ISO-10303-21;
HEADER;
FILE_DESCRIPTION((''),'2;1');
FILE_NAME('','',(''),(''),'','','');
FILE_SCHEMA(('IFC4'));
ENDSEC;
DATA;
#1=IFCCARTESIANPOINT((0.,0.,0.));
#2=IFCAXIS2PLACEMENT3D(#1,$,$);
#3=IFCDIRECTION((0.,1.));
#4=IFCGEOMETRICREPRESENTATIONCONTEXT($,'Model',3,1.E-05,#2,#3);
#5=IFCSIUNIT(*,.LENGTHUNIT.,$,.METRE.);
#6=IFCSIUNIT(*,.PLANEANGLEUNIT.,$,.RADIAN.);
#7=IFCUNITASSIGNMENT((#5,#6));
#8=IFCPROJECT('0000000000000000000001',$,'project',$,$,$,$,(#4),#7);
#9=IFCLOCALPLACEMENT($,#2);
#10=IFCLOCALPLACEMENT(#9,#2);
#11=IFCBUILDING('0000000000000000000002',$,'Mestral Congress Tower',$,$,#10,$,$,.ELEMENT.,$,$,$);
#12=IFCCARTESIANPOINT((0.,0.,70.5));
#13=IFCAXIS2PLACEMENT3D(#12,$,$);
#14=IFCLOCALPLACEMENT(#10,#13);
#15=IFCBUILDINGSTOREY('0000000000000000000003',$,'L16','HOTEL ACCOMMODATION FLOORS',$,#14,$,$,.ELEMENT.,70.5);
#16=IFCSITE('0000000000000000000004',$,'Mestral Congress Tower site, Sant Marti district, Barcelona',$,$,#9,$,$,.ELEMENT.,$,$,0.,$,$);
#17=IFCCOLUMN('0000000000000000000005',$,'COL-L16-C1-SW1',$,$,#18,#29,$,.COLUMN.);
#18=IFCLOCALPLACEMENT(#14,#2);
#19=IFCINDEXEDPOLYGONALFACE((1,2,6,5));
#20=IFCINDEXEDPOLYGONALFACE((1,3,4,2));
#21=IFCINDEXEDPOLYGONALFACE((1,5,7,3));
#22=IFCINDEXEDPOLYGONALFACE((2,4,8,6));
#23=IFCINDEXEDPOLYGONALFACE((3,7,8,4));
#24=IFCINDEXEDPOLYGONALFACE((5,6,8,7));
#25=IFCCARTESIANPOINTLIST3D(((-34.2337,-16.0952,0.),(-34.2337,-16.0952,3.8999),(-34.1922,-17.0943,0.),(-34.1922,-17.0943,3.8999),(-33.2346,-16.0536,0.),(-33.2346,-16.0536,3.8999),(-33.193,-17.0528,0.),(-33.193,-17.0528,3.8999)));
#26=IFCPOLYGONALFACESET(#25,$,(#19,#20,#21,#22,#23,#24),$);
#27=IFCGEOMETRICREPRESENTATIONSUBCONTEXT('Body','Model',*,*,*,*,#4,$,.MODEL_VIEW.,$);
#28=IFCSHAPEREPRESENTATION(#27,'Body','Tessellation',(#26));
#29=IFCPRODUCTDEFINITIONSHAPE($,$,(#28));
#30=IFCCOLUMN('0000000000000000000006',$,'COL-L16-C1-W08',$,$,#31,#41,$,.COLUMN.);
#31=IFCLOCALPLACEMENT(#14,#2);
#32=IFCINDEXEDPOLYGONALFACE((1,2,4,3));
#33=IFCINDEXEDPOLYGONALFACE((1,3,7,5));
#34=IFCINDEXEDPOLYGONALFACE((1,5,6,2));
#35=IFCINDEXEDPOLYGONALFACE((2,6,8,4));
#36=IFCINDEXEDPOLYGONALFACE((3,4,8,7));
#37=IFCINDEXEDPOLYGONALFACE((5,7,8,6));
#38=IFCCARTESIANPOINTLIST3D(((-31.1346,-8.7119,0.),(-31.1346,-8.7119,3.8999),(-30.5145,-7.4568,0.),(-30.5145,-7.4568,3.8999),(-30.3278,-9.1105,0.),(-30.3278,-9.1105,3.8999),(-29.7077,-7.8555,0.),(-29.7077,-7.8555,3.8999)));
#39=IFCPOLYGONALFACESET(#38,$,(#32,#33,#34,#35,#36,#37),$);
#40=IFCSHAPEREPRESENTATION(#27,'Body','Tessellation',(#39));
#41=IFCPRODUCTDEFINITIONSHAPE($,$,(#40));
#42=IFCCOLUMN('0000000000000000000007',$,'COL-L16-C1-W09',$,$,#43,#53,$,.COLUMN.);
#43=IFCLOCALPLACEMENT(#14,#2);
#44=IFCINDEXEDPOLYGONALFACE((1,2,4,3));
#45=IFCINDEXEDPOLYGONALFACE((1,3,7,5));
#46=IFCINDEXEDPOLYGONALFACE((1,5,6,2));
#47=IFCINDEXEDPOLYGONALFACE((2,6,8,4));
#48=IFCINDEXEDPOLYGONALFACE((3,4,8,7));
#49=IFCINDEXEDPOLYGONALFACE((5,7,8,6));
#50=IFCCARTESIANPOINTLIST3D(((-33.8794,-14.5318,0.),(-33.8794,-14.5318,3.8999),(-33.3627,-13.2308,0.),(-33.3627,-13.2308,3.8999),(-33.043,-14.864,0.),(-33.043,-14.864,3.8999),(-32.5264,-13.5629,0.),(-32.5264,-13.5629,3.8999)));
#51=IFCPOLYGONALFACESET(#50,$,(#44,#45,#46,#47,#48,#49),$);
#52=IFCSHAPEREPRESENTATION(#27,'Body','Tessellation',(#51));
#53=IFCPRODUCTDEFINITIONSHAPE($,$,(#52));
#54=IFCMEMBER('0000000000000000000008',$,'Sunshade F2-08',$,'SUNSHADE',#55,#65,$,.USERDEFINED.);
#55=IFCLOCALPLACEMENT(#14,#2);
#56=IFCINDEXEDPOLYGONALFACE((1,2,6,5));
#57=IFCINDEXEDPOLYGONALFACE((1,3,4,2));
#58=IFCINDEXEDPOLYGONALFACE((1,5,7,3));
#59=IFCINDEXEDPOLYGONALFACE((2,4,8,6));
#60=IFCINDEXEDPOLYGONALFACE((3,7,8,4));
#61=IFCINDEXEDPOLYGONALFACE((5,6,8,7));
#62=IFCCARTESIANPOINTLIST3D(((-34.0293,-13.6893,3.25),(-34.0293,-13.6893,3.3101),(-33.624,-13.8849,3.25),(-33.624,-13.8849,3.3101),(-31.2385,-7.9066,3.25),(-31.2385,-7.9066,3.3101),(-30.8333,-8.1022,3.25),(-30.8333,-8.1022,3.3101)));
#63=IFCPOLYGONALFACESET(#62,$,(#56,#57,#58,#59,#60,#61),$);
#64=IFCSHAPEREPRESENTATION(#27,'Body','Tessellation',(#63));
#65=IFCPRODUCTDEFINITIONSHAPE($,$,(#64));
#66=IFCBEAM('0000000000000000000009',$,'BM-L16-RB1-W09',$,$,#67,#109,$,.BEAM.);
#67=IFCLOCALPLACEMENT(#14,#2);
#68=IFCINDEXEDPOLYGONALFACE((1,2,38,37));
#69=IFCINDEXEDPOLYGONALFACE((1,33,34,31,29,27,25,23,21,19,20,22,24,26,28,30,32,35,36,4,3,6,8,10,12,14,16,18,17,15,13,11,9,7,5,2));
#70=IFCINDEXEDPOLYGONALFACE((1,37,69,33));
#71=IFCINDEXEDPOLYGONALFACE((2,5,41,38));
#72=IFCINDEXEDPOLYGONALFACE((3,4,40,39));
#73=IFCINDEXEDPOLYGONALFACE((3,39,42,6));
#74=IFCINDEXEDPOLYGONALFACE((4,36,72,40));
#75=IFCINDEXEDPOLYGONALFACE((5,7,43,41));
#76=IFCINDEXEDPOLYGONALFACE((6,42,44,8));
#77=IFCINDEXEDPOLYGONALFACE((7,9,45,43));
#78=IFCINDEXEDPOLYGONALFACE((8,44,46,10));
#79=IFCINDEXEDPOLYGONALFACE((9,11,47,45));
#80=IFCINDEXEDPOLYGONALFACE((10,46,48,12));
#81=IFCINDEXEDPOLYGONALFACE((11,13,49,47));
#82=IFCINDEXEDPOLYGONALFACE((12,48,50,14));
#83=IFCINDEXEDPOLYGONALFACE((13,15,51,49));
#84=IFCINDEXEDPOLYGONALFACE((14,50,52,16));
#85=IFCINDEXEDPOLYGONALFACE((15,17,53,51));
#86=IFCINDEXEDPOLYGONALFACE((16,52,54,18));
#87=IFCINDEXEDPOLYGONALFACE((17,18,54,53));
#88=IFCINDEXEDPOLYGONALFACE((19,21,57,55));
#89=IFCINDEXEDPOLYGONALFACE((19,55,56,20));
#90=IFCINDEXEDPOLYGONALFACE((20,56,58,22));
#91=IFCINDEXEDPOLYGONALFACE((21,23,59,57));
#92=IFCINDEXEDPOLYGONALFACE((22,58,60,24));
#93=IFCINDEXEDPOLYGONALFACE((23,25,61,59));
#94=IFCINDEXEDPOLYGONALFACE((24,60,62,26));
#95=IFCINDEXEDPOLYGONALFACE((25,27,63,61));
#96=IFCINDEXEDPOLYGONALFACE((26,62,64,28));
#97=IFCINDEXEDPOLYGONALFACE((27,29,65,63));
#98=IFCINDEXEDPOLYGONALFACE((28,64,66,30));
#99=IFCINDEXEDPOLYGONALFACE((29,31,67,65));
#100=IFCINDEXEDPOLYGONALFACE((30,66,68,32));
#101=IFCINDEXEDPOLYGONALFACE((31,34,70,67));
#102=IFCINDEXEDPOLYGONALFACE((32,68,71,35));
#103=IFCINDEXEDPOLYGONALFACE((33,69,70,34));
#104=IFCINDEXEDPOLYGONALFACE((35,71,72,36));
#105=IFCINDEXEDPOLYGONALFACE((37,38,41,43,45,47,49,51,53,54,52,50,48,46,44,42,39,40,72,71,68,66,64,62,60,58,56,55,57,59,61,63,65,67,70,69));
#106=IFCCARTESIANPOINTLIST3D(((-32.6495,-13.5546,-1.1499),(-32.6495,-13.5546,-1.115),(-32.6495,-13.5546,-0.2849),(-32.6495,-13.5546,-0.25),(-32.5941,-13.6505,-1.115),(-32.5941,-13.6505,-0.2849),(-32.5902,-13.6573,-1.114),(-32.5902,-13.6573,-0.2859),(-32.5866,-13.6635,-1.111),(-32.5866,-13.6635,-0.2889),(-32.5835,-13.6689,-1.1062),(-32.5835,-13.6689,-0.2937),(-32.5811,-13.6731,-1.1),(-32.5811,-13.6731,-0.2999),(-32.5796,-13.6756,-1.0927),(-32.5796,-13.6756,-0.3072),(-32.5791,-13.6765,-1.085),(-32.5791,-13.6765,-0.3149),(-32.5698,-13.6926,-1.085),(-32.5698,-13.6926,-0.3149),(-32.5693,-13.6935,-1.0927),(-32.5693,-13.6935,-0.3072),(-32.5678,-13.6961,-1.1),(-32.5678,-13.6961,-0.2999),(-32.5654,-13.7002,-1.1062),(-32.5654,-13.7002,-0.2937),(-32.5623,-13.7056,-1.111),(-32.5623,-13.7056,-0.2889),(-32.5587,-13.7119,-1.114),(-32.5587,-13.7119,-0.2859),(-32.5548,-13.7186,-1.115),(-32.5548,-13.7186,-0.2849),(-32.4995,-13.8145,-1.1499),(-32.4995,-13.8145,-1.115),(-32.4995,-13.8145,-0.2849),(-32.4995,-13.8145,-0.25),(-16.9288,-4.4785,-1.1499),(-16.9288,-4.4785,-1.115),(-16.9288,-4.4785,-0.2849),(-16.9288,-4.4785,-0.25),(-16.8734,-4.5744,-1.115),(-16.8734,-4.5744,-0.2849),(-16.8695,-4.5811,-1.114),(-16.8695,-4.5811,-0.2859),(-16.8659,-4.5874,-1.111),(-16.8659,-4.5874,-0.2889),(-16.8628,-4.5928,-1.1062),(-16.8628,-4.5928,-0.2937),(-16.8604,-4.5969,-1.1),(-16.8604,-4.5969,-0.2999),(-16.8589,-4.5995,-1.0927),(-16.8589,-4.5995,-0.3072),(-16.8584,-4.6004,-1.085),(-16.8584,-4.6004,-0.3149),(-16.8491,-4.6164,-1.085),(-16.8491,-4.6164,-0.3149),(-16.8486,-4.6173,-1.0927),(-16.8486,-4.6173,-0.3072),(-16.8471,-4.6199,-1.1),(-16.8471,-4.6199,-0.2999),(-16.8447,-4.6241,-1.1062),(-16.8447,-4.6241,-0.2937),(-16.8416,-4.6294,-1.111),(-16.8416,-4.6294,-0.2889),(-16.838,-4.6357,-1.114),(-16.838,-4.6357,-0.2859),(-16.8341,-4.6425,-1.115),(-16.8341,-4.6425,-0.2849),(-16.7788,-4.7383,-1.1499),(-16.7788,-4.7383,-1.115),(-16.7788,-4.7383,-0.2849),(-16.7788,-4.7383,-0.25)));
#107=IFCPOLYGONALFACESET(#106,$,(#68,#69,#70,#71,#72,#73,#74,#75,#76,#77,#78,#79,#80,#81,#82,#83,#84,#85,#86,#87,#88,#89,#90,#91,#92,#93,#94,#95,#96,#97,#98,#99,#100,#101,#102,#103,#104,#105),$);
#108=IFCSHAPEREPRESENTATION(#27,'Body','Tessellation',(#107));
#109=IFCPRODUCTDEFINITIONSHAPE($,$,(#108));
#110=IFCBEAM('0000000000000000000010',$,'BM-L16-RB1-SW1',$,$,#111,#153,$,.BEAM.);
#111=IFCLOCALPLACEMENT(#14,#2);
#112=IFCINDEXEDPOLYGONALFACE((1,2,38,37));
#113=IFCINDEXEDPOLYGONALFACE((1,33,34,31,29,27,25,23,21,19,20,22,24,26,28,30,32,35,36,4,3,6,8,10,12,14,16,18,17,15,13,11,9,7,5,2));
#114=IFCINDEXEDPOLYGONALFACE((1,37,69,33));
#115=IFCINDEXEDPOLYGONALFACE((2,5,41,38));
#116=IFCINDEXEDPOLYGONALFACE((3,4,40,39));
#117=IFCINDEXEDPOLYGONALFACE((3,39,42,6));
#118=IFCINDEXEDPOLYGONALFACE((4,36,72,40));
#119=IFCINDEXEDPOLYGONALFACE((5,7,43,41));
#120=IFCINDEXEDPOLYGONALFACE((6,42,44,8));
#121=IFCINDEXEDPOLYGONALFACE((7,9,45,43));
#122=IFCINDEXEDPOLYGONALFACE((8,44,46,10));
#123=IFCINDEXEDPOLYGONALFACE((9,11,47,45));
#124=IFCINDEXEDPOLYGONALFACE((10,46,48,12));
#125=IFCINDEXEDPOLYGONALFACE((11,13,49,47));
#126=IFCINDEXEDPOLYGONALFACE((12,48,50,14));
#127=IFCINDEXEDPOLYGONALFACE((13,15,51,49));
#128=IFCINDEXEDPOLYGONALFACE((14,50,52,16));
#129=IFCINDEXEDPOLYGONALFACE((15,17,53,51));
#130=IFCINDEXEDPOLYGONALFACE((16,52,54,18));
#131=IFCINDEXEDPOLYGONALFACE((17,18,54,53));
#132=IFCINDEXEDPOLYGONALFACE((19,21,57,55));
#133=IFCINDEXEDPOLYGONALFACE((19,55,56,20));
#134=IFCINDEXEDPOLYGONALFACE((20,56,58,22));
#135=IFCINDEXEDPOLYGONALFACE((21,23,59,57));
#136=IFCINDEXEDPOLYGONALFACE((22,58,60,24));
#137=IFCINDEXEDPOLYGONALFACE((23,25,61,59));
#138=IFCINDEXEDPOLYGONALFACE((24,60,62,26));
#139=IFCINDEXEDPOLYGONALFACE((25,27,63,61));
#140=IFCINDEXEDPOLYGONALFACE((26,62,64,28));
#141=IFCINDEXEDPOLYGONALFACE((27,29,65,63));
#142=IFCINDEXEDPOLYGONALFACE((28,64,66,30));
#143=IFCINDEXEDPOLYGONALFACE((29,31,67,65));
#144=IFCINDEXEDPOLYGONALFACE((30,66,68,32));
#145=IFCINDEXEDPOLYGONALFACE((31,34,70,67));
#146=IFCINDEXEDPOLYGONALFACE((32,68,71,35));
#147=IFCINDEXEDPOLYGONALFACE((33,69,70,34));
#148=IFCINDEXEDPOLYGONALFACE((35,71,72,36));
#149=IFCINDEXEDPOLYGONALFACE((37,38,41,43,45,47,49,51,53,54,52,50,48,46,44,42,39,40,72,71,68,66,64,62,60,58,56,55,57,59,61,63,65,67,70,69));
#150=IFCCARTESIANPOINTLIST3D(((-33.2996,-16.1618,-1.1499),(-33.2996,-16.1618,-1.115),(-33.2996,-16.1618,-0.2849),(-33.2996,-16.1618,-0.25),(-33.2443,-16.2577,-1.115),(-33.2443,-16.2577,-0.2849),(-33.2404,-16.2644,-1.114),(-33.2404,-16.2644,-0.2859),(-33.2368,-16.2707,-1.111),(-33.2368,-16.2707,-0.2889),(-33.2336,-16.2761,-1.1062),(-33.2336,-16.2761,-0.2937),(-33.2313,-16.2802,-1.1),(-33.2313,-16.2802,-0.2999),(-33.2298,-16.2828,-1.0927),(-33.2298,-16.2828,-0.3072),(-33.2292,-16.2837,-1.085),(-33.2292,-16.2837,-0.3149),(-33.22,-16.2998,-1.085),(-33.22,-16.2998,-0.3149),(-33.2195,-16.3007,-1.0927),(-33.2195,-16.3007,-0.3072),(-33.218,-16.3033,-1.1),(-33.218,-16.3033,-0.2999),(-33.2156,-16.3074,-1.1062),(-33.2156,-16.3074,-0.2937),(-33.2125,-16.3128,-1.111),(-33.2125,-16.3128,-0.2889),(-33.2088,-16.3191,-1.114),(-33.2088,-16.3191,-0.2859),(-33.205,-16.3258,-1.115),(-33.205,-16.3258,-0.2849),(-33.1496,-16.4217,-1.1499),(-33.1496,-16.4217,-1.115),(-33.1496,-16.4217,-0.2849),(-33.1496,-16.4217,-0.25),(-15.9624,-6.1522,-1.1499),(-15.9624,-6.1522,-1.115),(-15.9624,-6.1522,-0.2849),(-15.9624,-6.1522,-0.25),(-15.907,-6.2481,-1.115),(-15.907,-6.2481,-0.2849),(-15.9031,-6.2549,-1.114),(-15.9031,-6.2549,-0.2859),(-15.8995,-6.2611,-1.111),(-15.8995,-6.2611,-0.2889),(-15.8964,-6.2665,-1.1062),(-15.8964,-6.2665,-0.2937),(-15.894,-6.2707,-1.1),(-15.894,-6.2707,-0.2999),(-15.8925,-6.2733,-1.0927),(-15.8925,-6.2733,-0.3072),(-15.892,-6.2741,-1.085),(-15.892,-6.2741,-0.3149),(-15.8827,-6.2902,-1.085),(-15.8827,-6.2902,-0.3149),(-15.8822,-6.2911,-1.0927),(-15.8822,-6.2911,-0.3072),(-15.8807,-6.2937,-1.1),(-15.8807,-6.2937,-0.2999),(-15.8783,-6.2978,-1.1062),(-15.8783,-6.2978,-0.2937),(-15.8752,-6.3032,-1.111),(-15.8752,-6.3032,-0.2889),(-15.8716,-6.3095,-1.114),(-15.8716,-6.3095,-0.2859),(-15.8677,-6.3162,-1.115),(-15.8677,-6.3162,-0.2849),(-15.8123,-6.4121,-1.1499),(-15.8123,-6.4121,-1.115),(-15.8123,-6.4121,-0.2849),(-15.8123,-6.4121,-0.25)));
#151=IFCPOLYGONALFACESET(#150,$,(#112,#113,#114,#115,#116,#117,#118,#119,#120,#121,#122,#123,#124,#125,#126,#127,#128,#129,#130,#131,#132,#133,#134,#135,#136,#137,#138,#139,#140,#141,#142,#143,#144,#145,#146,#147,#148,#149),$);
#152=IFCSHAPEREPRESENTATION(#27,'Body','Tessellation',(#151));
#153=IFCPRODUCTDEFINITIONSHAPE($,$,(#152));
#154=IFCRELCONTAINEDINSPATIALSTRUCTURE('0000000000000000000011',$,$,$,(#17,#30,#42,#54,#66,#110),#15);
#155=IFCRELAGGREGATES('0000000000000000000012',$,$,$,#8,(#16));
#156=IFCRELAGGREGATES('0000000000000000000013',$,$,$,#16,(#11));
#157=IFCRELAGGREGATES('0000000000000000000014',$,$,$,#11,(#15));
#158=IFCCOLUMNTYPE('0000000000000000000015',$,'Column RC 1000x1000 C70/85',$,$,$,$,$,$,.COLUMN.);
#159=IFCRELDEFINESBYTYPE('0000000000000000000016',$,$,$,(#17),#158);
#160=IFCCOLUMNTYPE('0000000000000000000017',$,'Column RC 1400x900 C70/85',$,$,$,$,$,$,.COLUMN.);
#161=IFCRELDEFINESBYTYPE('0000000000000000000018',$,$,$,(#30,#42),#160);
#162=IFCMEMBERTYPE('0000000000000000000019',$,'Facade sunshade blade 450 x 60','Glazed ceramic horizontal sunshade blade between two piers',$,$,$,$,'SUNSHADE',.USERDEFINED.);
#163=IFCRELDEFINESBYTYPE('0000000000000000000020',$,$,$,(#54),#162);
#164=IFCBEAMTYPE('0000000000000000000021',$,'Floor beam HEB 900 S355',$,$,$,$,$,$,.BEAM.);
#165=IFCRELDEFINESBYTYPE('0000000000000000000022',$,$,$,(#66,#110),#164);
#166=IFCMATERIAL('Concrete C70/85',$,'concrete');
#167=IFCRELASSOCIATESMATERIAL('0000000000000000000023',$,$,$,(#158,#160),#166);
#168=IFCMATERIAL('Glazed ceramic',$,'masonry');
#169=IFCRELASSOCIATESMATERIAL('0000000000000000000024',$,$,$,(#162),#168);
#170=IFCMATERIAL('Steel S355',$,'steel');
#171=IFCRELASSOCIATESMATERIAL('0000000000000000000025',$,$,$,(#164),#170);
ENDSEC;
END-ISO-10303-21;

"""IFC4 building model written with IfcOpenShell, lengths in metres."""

from ifc_helpers import new_model, si_unit, direction, frame, origin, origin_2d, place, context, subcontext, project, spatial, rectangle, i_section, extrude, material, material_profile, profile_set, type_object, element, save


model = new_model("IFC4")

# Units and contexts
model_context = context("Model", 3, precision=1e-05, world=origin(), true_north=direction((0.0, 1.0)))
body_context = subcontext(model_context, "Body", "Model", "MODEL_VIEW")
ifc_project = project(units=[si_unit("LENGTHUNIT", "METRE"), si_unit("PLANEANGLEUNIT", "RADIAN")], contexts=[model_context])

# Site, building, storey
site_placement = place(None, origin())
site = spatial("IfcSite", under=ifc_project, at=site_placement, Name="Mestral Congress Tower site, Sant Marti district, Barcelona", CompositionType="ELEMENT", RefElevation=0.0)
building_placement = place(site_placement, origin())
building = spatial("IfcBuilding", under=site, at=building_placement, Name="Mestral Congress Tower", CompositionType="ELEMENT")
storey_placement = place(building_placement, frame((0.0, 0.0, 70.5)))
storey = spatial("IfcBuildingStorey", under=building, at=storey_placement, Name="L16", Description="HOTEL ACCOMMODATION FLOORS", CompositionType="ELEMENT", Elevation=70.5)

# Columns
ifc_material_1 = material(Name="Concrete C70/85", Category="concrete")
ifc_material_profile_1 = material_profile(ifc_material_1, rectangle(XDim=1.0, YDim=1.0, at=origin_2d()), Name="RC 1000x1000")
ifc_profile_set_1 = profile_set([ifc_material_profile_1], Name="Concrete C70/85")
column_type_1 = type_object("IfcColumnType", Name="Column RC 1000x1000 C70/85", PredefinedType="COLUMN", material=ifc_profile_set_1)
column_placement = place(storey_placement, frame((-33.7134, -16.574, 0.0), z_axis=(0.0, 0.0, 1.0), x_axis=(0.041583, -0.999135, 0.0)))
element("IfcColumn", 1, at=column_placement, inside=storey, type_object=column_type_1, Name="COL-L16-C1-SW1", PredefinedType="COLUMN", context=body_context, shape_type="SweptSolid", body=[
    extrude(rectangle(XDim=1.0, YDim=1.0, at=origin_2d()), origin(), (0.0, 0.0, 1.0), 3.8999),
])
ifc_material_profile_2 = material_profile(ifc_material_1, rectangle(XDim=1.3999, YDim=0.8999, at=origin_2d()), Name="RC 1400x900")
ifc_profile_set_2 = profile_set([ifc_material_profile_2], Name="Concrete C70/85")
column_type_2 = type_object("IfcColumnType", Name="Column RC 1400x900 C70/85", PredefinedType="COLUMN", material=ifc_profile_set_2)
for number, where, z_axis, x_axis, name in (
    (2, (-30.4211, -8.2837, 0.0), (0.0, 0.0, 1.0), (-0.442959, -0.896542, 0.0), "COL-L16-C1-W08"),
    (3, (-33.2029, -14.0474, 0.0), (0.0, 0.0, 1.0), (-0.36909, -0.929394, 0.0), "COL-L16-C1-W09"),
):
    element("IfcColumn", number, at=place(storey_placement, frame(where, z_axis=z_axis, x_axis=x_axis)), inside=storey, type_object=column_type_2, Name=name, PredefinedType="COLUMN", context=body_context, shape_type="SweptSolid", body=[
        extrude(rectangle(XDim=1.3999, YDim=0.8999, at=origin_2d()), origin(), (0.0, 0.0, 1.0), 3.8999),
    ])

# Member
ifc_material_2 = material(Name="Glazed ceramic", Category="masonry")
ifc_material_profile_3 = material_profile(ifc_material_2, rectangle(XDim=0.45, YDim=0.0601, at=origin_2d()), Name="Ceramic blade 450 x 60")
ifc_profile_set_3 = profile_set([ifc_material_profile_3], Name="Glazed ceramic")
member_type = type_object("IfcMemberType", Name="Facade sunshade blade 450 x 60", Description="Glazed ceramic horizontal sunshade blade between two piers", ElementType="SUNSHADE", PredefinedType="USERDEFINED", material=ifc_profile_set_3)
member_placement = place(storey_placement, frame((-31.0359, -8.0044, 3.28), z_axis=(-0.434637, -0.900606, 0.0), x_axis=(0.900606, -0.434637, 0.0)))
element("IfcMember", 4, at=member_placement, inside=storey, type_object=member_type, Name="Sunshade F2-08", ObjectType="SUNSHADE", PredefinedType="USERDEFINED", context=body_context, shape_type="SweptSolid", body=[
    extrude(rectangle(XDim=0.45, YDim=0.0601, at=origin_2d()), origin(), (0.0, 0.0, 1.0), 6.4209),
])

# Beams
ifc_material_3 = material(Name="Steel S355", Category="steel")
ifc_material_profile_4 = material_profile(ifc_material_3, i_section(OverallWidth=0.3, OverallDepth=0.8999, WebThickness=0.0186, FlangeThickness=0.0349, FilletRadius=0.03, at=origin_2d()), Name="HEB 900")
ifc_profile_set_4 = profile_set([ifc_material_profile_4], Name="Steel S355")
beam_type_1 = type_object("IfcBeamType", Name="Floor beam HEB 900 S355", PredefinedType="BEAM", material=ifc_profile_set_4)
beam_1_placement = place(storey_placement, frame((-32.5745, -13.6846, -0.7), z_axis=(0.86603, 0.499993, 0.0), x_axis=(-0.499993, 0.86603, 0.0)))
element("IfcBeam", 5, at=beam_1_placement, inside=storey, type_object=beam_type_1, Name="BM-L16-RB1-W09", PredefinedType="BEAM", context=body_context, shape_type="SweptSolid", body=[
    extrude(i_section(OverallWidth=0.3, OverallDepth=0.8999, WebThickness=0.0186, FlangeThickness=0.0349, FilletRadius=0.03, at=origin_2d()), origin(), (0.0, 0.0, 1.0), 18.1526),
])
beam_2_placement = place(storey_placement, frame((-33.2246, -16.2917, -0.7), z_axis=(0.866027, 0.499997, 0.0), x_axis=(-0.499997, 0.866027, 0.0)))
element("IfcBeam", 6, at=beam_2_placement, inside=storey, type_object=beam_type_1, Name="BM-L16-RB1-SW1", PredefinedType="BEAM", context=body_context, shape_type="SweptSolid", body=[
    extrude(i_section(OverallWidth=0.3, OverallDepth=0.8999, WebThickness=0.0186, FlangeThickness=0.0349, FilletRadius=0.03, at=origin_2d()), origin(), (0.0, 0.0, 1.0), 20.0193),
])

save(model, "model.ifc")
